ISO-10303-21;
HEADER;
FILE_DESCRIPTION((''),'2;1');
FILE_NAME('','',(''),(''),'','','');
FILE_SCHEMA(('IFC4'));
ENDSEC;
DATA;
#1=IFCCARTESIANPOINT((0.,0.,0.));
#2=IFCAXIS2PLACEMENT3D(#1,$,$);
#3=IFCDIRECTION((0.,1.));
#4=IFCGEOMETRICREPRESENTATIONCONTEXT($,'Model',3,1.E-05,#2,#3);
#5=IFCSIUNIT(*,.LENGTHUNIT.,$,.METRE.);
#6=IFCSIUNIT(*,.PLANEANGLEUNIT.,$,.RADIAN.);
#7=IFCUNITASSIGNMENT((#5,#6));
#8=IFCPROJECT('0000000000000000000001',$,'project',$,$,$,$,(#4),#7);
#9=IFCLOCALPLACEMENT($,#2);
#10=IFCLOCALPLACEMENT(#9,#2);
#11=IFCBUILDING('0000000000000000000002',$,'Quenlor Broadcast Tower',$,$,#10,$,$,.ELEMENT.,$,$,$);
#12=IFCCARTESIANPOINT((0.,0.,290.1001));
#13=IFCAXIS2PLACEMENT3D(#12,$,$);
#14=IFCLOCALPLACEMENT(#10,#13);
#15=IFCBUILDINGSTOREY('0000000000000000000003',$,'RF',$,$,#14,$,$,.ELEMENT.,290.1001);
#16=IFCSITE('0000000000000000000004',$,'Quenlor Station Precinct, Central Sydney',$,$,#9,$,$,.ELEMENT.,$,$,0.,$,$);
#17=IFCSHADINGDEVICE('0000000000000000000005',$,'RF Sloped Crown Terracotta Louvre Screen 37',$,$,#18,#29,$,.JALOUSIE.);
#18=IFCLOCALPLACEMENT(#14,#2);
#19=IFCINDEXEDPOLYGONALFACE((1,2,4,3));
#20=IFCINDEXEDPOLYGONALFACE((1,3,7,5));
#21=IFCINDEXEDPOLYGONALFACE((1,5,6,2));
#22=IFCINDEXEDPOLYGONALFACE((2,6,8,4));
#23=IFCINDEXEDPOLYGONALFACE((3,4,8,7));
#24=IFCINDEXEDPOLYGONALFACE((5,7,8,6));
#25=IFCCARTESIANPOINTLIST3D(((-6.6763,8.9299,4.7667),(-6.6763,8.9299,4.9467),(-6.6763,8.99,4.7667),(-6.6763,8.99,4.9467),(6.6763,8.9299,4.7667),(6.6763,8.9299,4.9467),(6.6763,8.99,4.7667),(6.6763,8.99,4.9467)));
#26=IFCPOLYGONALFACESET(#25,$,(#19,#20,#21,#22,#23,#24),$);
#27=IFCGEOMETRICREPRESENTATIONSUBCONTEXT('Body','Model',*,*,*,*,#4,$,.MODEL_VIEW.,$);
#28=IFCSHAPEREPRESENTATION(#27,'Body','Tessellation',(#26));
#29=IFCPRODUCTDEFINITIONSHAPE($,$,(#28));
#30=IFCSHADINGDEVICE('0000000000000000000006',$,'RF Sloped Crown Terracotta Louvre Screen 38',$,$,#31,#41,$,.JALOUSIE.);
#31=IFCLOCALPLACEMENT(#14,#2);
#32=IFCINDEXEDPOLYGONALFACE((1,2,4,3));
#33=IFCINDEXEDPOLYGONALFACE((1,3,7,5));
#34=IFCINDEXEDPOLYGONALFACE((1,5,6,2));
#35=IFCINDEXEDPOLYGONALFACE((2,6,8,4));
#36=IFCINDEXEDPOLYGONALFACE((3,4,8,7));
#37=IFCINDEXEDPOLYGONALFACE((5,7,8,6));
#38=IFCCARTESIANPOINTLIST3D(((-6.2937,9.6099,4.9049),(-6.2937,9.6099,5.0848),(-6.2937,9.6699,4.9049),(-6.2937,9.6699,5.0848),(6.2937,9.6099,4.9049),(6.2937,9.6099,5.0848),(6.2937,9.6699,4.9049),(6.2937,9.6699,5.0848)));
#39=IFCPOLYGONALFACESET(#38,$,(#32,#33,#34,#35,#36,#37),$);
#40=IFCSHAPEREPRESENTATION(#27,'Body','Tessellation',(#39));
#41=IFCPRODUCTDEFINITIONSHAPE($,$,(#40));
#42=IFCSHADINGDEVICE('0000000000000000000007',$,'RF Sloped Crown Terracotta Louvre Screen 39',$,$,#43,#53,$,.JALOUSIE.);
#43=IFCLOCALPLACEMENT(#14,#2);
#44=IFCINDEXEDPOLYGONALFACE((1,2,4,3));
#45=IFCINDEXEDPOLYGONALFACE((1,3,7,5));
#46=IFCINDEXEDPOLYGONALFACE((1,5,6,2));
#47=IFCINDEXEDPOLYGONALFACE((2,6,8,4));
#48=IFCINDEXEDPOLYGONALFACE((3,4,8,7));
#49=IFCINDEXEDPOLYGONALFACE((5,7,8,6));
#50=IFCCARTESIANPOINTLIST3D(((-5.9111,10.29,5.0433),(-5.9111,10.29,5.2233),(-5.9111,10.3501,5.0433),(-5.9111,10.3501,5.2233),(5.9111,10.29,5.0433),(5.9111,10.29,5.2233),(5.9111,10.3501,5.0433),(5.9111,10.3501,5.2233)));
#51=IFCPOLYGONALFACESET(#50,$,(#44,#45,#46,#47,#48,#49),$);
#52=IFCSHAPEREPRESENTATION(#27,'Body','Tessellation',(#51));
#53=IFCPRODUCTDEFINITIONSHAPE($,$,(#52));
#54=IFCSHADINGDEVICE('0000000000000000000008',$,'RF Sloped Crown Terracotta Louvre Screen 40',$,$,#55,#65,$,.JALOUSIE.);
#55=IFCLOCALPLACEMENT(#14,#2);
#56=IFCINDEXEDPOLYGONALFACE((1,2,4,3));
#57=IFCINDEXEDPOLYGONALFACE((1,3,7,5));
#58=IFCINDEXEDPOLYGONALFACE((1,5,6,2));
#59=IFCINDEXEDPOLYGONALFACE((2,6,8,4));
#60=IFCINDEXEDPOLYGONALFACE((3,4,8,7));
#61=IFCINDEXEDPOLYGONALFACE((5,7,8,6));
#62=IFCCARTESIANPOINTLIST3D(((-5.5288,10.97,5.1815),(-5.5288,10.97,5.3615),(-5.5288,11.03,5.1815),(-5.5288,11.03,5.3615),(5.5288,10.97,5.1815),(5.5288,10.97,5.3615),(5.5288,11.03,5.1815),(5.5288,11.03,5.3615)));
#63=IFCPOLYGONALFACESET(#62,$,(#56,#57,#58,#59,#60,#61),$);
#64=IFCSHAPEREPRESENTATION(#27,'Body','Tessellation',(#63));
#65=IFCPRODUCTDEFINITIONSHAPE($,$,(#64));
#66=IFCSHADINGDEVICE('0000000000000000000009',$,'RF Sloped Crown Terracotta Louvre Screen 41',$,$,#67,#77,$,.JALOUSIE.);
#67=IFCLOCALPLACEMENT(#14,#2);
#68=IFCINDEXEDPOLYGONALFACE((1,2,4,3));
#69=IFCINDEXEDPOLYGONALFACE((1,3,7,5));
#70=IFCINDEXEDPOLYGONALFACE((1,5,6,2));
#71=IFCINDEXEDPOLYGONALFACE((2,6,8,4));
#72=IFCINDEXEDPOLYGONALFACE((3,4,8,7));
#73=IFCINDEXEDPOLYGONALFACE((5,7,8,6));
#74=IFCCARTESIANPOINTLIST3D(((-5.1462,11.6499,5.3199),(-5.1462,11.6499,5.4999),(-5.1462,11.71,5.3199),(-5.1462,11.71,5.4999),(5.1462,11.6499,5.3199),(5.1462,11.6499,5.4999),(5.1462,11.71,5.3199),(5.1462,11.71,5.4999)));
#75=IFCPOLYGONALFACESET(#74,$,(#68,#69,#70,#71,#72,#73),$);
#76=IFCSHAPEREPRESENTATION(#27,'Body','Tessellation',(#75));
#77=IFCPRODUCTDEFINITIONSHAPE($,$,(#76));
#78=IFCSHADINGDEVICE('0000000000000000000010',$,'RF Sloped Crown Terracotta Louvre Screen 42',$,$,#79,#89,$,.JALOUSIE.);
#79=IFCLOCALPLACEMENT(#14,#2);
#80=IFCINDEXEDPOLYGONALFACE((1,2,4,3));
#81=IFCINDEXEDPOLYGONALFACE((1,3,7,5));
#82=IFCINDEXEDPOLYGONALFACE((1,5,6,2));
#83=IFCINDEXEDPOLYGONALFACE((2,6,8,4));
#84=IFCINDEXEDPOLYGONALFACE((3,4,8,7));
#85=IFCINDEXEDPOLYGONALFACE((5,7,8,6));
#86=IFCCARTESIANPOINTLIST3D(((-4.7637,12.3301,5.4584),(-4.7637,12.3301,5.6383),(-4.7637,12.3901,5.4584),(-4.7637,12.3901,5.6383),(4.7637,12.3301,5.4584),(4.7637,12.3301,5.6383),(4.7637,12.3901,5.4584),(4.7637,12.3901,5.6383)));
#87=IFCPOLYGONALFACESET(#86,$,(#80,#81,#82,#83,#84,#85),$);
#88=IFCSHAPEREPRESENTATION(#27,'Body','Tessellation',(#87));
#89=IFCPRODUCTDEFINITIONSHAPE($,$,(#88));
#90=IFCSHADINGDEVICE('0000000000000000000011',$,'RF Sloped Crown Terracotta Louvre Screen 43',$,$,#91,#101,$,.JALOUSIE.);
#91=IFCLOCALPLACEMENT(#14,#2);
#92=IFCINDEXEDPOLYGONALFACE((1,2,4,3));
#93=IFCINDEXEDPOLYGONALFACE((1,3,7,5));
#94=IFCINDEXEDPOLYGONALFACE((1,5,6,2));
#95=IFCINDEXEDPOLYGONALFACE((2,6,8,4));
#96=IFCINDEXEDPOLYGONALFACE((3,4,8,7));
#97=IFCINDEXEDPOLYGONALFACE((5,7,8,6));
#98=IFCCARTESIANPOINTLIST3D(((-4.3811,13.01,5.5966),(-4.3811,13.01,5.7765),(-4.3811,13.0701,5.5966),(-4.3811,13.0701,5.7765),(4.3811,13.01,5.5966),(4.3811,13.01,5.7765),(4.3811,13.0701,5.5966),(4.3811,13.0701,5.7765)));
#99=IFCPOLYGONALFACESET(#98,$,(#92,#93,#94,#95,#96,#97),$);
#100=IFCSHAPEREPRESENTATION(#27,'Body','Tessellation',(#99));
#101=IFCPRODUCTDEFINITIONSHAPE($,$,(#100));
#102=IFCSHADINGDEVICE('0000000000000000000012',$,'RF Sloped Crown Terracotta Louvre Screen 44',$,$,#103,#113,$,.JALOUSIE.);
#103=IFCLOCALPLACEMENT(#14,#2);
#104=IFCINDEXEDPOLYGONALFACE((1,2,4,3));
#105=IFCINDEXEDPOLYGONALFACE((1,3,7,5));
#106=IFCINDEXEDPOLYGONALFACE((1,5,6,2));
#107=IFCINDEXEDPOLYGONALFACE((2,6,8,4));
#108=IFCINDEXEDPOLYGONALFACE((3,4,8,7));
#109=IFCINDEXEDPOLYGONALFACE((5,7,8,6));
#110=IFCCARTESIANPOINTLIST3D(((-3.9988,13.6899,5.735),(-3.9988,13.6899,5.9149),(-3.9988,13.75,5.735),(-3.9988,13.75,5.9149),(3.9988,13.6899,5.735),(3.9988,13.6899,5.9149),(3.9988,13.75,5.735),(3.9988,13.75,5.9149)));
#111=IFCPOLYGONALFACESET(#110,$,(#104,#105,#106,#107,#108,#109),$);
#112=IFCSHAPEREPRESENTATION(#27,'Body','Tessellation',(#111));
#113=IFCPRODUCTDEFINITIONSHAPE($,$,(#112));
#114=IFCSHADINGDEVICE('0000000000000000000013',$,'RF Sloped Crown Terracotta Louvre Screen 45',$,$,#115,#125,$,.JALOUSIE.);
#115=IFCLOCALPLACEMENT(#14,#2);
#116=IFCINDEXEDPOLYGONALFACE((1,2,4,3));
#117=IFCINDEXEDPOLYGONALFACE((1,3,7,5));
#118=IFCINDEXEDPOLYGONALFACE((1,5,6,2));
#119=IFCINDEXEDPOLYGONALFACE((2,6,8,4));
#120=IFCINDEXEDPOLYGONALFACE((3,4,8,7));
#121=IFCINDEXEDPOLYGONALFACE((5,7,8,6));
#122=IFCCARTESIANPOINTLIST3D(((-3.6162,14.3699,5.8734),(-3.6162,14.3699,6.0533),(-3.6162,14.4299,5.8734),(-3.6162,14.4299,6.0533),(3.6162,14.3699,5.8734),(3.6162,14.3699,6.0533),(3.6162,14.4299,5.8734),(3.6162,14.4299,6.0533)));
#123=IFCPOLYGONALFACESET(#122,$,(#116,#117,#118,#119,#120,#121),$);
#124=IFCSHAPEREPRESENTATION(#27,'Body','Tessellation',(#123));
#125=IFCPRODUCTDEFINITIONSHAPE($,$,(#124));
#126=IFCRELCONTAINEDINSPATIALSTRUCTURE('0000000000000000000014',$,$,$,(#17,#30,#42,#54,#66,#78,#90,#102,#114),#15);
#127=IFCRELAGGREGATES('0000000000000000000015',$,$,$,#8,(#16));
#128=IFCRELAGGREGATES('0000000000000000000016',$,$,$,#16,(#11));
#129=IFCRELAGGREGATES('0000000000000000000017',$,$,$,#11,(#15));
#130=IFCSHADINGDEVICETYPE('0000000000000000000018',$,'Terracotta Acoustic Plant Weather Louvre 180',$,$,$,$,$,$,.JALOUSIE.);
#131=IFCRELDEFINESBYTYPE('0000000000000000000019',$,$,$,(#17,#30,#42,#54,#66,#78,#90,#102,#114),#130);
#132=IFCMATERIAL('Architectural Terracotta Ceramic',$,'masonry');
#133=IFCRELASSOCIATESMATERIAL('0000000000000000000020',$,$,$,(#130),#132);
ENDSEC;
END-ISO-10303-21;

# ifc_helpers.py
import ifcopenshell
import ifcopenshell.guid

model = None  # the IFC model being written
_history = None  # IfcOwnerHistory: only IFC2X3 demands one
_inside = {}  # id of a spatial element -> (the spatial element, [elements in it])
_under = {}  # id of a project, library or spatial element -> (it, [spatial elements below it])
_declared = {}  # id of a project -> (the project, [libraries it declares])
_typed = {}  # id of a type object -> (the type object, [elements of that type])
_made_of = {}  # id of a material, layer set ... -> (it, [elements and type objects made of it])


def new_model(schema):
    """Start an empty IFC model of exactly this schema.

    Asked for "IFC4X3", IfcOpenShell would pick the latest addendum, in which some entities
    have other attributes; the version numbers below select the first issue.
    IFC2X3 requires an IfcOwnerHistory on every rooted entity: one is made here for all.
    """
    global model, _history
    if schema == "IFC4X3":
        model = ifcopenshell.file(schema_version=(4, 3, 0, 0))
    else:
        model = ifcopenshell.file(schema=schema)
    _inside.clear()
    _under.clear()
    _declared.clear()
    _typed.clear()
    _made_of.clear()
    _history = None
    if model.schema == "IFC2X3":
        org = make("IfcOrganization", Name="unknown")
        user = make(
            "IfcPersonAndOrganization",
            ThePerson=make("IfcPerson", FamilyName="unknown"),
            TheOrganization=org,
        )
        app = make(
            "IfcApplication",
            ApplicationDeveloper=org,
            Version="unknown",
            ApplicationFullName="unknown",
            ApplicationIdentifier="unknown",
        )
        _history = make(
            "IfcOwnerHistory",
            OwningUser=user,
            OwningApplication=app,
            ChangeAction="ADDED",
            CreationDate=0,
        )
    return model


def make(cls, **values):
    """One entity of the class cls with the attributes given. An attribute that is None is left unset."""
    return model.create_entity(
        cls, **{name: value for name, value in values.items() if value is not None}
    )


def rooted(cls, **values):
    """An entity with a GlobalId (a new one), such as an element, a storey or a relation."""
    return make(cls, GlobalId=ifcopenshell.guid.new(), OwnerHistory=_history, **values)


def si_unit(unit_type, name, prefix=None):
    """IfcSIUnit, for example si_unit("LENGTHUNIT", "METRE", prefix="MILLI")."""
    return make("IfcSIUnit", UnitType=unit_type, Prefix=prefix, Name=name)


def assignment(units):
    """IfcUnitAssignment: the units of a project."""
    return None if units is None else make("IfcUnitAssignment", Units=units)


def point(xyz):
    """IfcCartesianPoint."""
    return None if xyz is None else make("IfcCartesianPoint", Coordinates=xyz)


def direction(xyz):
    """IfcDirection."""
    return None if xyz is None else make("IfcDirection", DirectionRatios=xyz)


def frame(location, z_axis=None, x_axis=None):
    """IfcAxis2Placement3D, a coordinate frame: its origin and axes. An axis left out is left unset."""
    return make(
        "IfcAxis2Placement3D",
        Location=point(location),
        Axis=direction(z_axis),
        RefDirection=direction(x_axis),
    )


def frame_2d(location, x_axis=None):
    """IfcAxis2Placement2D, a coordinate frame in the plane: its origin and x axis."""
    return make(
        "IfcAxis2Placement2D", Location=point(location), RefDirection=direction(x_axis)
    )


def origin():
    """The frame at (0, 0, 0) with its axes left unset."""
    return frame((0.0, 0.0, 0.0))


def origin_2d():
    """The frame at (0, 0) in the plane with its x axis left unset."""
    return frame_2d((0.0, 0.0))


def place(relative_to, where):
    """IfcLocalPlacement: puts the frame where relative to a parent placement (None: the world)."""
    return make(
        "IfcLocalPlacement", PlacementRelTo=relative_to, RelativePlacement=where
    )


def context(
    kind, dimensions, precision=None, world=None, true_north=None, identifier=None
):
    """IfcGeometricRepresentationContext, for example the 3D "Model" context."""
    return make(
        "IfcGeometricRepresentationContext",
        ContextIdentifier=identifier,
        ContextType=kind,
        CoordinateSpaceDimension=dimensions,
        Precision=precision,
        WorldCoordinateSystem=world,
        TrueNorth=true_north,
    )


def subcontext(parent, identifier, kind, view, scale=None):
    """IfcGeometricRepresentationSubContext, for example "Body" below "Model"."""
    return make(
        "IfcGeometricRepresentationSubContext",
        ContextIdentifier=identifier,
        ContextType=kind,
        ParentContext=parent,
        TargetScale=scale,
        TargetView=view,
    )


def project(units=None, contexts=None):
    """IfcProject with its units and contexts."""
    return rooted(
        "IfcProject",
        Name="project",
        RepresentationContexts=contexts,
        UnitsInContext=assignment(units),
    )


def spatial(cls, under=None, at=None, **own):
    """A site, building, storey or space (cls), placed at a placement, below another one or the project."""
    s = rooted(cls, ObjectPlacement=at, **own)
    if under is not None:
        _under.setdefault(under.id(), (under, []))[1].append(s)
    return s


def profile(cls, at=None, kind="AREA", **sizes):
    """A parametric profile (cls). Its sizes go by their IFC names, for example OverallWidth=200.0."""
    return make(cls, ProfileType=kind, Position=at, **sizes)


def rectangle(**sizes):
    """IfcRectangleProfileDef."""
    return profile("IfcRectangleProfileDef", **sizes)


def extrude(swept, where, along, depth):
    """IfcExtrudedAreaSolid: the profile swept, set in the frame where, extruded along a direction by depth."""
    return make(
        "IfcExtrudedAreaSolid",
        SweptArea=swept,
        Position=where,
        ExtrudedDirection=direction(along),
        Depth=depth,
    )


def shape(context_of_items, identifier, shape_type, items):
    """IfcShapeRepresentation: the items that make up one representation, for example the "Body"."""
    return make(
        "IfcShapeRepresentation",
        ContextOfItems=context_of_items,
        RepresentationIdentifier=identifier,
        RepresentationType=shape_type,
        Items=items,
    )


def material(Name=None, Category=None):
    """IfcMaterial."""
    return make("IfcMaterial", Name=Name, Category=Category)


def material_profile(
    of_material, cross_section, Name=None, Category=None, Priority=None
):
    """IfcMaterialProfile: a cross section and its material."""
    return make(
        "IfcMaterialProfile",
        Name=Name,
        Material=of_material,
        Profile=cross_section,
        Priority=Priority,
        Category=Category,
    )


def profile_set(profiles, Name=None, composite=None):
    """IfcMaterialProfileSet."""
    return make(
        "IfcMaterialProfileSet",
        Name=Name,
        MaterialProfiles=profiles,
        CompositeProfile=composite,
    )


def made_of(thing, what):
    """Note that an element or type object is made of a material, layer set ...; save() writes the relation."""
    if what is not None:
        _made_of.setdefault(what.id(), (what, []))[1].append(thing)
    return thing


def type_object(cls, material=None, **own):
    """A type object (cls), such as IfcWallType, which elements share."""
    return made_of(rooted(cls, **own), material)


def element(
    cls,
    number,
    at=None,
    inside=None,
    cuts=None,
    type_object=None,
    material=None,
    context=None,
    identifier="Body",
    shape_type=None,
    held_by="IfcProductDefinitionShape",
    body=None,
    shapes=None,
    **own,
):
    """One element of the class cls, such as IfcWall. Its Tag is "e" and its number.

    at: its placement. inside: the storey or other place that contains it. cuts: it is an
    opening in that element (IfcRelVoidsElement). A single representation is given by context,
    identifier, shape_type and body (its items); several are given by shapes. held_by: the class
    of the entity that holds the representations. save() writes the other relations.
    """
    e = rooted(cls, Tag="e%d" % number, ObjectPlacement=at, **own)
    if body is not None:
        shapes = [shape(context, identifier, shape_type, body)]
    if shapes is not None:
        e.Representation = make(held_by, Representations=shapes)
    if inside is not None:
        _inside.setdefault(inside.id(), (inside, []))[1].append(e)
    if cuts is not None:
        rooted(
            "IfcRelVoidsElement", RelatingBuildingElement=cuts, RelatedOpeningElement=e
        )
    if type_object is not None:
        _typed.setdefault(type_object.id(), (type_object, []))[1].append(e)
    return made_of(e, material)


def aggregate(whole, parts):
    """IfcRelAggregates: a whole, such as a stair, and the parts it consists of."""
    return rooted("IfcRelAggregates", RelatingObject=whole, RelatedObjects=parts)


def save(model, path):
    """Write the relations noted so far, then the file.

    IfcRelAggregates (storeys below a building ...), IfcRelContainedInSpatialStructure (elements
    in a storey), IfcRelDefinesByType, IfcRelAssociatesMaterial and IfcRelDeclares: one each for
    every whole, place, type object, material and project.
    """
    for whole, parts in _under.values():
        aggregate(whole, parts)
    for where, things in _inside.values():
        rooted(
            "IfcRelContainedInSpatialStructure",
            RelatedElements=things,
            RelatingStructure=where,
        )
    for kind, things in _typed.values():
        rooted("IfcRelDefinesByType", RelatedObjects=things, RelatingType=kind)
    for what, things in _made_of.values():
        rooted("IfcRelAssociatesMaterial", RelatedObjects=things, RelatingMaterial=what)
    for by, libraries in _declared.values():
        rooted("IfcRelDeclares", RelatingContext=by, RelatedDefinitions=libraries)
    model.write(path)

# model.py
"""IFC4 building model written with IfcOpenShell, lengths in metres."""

from ifc_helpers import new_model, si_unit, direction, frame, origin, origin_2d, place, context, subcontext, project, spatial, rectangle, extrude, material, material_profile, profile_set, type_object, element, save


model = new_model("IFC4")

# Units and contexts
model_context = context("Model", 3, precision=1e-05, world=origin(), true_north=direction((0.0, 1.0)))
body_context = subcontext(model_context, "Body", "Model", "MODEL_VIEW")
ifc_project = project(units=[si_unit("LENGTHUNIT", "METRE"), si_unit("PLANEANGLEUNIT", "RADIAN")], contexts=[model_context])

# Site, building, storey
site_placement = place(None, origin())
site = spatial("IfcSite", under=ifc_project, at=site_placement, Name="Quenlor Station Precinct, Central Sydney", CompositionType="ELEMENT", RefElevation=0.0)
building_placement = place(site_placement, origin())
building = spatial("IfcBuilding", under=site, at=building_placement, Name="Quenlor Broadcast Tower", CompositionType="ELEMENT")
storey_placement = place(building_placement, frame((0.0, 0.0, 290.1001)))
storey = spatial("IfcBuildingStorey", under=building, at=storey_placement, Name="RF", CompositionType="ELEMENT", Elevation=290.1001)

# Shading devices
ifc_material_1 = material(Name="Architectural Terracotta Ceramic", Category="masonry")
ifc_material_profile_1 = material_profile(ifc_material_1, rectangle(XDim=0.0601, YDim=0.1799, at=origin_2d()))
ifc_profile_set_1 = profile_set([ifc_material_profile_1], Name="Architectural Terracotta Ceramic LVR60x180")
shading_device_type_1 = type_object("IfcShadingDeviceType", Name="Terracotta Acoustic Plant Weather Louvre 180", PredefinedType="JALOUSIE", material=ifc_profile_set_1)
shading_device_1_placement = place(storey_placement, frame((-6.6763, 8.96, 4.8567), z_axis=(1.0, 0.0, 0.0), x_axis=(0.0, 1.0, 0.0)))
element("IfcShadingDevice", 1, at=shading_device_1_placement, inside=storey, type_object=shading_device_type_1, Name="RF Sloped Crown Terracotta Louvre Screen 37", PredefinedType="JALOUSIE", context=body_context, shape_type="SweptSolid", body=[
    extrude(rectangle(XDim=0.0601, YDim=0.1799, at=origin_2d()), origin(), (0.0, 0.0, 1.0), 13.3525),
])
shading_device_2_placement = place(storey_placement, frame((-6.2937, 9.6399, 4.9949), z_axis=(1.0, 0.0, 0.0), x_axis=(0.0, 1.0, 0.0)))
element("IfcShadingDevice", 2, at=shading_device_2_placement, inside=storey, type_object=shading_device_type_1, Name="RF Sloped Crown Terracotta Louvre Screen 38", PredefinedType="JALOUSIE", context=body_context, shape_type="SweptSolid", body=[
    extrude(rectangle(XDim=0.0601, YDim=0.1799, at=origin_2d()), origin(), (0.0, 0.0, 1.0), 12.5874),
])
shading_device_3_placement = place(storey_placement, frame((-5.9111, 10.3201, 5.1333), z_axis=(1.0, 0.0, 0.0), x_axis=(0.0, 1.0, 0.0)))
element("IfcShadingDevice", 3, at=shading_device_3_placement, inside=storey, type_object=shading_device_type_1, Name="RF Sloped Crown Terracotta Louvre Screen 39", PredefinedType="JALOUSIE", context=body_context, shape_type="SweptSolid", body=[
    extrude(rectangle(XDim=0.0601, YDim=0.1799, at=origin_2d()), origin(), (0.0, 0.0, 1.0), 11.8223),
])
shading_device_4_placement = place(storey_placement, frame((-5.5288, 11.0, 5.2715), z_axis=(1.0, 0.0, 0.0), x_axis=(0.0, 1.0, 0.0)))
element("IfcShadingDevice", 4, at=shading_device_4_placement, inside=storey, type_object=shading_device_type_1, Name="RF Sloped Crown Terracotta Louvre Screen 40", PredefinedType="JALOUSIE", context=body_context, shape_type="SweptSolid", body=[
    extrude(rectangle(XDim=0.0601, YDim=0.1799, at=origin_2d()), origin(), (0.0, 0.0, 1.0), 11.0576),
])
shading_device_5_placement = place(storey_placement, frame((-5.1462, 11.6799, 5.4099), z_axis=(1.0, 0.0, 0.0), x_axis=(0.0, 1.0, 0.0)))
element("IfcShadingDevice", 5, at=shading_device_5_placement, inside=storey, type_object=shading_device_type_1, Name="RF Sloped Crown Terracotta Louvre Screen 41", PredefinedType="JALOUSIE", context=body_context, shape_type="SweptSolid", body=[
    extrude(rectangle(XDim=0.0601, YDim=0.1799, at=origin_2d()), origin(), (0.0, 0.0, 1.0), 10.2925),
])
shading_device_6_placement = place(storey_placement, frame((-4.7637, 12.3601, 5.5483), z_axis=(1.0, 0.0, 0.0), x_axis=(0.0, 1.0, 0.0)))
element("IfcShadingDevice", 6, at=shading_device_6_placement, inside=storey, type_object=shading_device_type_1, Name="RF Sloped Crown Terracotta Louvre Screen 42", PredefinedType="JALOUSIE", context=body_context, shape_type="SweptSolid", body=[
    extrude(rectangle(XDim=0.0601, YDim=0.1799, at=origin_2d()), origin(), (0.0, 0.0, 1.0), 9.5273),
])
shading_device_7_placement = place(storey_placement, frame((-4.3811, 13.04, 5.6865), z_axis=(1.0, 0.0, 0.0), x_axis=(0.0, 1.0, 0.0)))
element("IfcShadingDevice", 7, at=shading_device_7_placement, inside=storey, type_object=shading_device_type_1, Name="RF Sloped Crown Terracotta Louvre Screen 43", PredefinedType="JALOUSIE", context=body_context, shape_type="SweptSolid", body=[
    extrude(rectangle(XDim=0.0601, YDim=0.1799, at=origin_2d()), origin(), (0.0, 0.0, 1.0), 8.7622),
])
shading_device_8_placement = place(storey_placement, frame((-3.9988, 13.72, 5.825), z_axis=(1.0, 0.0, 0.0), x_axis=(0.0, 1.0, 0.0)))
element("IfcShadingDevice", 8, at=shading_device_8_placement, inside=storey, type_object=shading_device_type_1, Name="RF Sloped Crown Terracotta Louvre Screen 44", PredefinedType="JALOUSIE", context=body_context, shape_type="SweptSolid", body=[
    extrude(rectangle(XDim=0.0601, YDim=0.1799, at=origin_2d()), origin(), (0.0, 0.0, 1.0), 7.9976),
])
shading_device_9_placement = place(storey_placement, frame((-3.6162, 14.3999, 5.9634), z_axis=(1.0, 0.0, 0.0), x_axis=(0.0, 1.0, 0.0)))
element("IfcShadingDevice", 9, at=shading_device_9_placement, inside=storey, type_object=shading_device_type_1, Name="RF Sloped Crown Terracotta Louvre Screen 45", PredefinedType="JALOUSIE", context=body_context, shape_type="SweptSolid", body=[
    extrude(rectangle(XDim=0.0601, YDim=0.1799, at=origin_2d()), origin(), (0.0, 0.0, 1.0), 7.2324),
])

save(model, "model.ifc")
